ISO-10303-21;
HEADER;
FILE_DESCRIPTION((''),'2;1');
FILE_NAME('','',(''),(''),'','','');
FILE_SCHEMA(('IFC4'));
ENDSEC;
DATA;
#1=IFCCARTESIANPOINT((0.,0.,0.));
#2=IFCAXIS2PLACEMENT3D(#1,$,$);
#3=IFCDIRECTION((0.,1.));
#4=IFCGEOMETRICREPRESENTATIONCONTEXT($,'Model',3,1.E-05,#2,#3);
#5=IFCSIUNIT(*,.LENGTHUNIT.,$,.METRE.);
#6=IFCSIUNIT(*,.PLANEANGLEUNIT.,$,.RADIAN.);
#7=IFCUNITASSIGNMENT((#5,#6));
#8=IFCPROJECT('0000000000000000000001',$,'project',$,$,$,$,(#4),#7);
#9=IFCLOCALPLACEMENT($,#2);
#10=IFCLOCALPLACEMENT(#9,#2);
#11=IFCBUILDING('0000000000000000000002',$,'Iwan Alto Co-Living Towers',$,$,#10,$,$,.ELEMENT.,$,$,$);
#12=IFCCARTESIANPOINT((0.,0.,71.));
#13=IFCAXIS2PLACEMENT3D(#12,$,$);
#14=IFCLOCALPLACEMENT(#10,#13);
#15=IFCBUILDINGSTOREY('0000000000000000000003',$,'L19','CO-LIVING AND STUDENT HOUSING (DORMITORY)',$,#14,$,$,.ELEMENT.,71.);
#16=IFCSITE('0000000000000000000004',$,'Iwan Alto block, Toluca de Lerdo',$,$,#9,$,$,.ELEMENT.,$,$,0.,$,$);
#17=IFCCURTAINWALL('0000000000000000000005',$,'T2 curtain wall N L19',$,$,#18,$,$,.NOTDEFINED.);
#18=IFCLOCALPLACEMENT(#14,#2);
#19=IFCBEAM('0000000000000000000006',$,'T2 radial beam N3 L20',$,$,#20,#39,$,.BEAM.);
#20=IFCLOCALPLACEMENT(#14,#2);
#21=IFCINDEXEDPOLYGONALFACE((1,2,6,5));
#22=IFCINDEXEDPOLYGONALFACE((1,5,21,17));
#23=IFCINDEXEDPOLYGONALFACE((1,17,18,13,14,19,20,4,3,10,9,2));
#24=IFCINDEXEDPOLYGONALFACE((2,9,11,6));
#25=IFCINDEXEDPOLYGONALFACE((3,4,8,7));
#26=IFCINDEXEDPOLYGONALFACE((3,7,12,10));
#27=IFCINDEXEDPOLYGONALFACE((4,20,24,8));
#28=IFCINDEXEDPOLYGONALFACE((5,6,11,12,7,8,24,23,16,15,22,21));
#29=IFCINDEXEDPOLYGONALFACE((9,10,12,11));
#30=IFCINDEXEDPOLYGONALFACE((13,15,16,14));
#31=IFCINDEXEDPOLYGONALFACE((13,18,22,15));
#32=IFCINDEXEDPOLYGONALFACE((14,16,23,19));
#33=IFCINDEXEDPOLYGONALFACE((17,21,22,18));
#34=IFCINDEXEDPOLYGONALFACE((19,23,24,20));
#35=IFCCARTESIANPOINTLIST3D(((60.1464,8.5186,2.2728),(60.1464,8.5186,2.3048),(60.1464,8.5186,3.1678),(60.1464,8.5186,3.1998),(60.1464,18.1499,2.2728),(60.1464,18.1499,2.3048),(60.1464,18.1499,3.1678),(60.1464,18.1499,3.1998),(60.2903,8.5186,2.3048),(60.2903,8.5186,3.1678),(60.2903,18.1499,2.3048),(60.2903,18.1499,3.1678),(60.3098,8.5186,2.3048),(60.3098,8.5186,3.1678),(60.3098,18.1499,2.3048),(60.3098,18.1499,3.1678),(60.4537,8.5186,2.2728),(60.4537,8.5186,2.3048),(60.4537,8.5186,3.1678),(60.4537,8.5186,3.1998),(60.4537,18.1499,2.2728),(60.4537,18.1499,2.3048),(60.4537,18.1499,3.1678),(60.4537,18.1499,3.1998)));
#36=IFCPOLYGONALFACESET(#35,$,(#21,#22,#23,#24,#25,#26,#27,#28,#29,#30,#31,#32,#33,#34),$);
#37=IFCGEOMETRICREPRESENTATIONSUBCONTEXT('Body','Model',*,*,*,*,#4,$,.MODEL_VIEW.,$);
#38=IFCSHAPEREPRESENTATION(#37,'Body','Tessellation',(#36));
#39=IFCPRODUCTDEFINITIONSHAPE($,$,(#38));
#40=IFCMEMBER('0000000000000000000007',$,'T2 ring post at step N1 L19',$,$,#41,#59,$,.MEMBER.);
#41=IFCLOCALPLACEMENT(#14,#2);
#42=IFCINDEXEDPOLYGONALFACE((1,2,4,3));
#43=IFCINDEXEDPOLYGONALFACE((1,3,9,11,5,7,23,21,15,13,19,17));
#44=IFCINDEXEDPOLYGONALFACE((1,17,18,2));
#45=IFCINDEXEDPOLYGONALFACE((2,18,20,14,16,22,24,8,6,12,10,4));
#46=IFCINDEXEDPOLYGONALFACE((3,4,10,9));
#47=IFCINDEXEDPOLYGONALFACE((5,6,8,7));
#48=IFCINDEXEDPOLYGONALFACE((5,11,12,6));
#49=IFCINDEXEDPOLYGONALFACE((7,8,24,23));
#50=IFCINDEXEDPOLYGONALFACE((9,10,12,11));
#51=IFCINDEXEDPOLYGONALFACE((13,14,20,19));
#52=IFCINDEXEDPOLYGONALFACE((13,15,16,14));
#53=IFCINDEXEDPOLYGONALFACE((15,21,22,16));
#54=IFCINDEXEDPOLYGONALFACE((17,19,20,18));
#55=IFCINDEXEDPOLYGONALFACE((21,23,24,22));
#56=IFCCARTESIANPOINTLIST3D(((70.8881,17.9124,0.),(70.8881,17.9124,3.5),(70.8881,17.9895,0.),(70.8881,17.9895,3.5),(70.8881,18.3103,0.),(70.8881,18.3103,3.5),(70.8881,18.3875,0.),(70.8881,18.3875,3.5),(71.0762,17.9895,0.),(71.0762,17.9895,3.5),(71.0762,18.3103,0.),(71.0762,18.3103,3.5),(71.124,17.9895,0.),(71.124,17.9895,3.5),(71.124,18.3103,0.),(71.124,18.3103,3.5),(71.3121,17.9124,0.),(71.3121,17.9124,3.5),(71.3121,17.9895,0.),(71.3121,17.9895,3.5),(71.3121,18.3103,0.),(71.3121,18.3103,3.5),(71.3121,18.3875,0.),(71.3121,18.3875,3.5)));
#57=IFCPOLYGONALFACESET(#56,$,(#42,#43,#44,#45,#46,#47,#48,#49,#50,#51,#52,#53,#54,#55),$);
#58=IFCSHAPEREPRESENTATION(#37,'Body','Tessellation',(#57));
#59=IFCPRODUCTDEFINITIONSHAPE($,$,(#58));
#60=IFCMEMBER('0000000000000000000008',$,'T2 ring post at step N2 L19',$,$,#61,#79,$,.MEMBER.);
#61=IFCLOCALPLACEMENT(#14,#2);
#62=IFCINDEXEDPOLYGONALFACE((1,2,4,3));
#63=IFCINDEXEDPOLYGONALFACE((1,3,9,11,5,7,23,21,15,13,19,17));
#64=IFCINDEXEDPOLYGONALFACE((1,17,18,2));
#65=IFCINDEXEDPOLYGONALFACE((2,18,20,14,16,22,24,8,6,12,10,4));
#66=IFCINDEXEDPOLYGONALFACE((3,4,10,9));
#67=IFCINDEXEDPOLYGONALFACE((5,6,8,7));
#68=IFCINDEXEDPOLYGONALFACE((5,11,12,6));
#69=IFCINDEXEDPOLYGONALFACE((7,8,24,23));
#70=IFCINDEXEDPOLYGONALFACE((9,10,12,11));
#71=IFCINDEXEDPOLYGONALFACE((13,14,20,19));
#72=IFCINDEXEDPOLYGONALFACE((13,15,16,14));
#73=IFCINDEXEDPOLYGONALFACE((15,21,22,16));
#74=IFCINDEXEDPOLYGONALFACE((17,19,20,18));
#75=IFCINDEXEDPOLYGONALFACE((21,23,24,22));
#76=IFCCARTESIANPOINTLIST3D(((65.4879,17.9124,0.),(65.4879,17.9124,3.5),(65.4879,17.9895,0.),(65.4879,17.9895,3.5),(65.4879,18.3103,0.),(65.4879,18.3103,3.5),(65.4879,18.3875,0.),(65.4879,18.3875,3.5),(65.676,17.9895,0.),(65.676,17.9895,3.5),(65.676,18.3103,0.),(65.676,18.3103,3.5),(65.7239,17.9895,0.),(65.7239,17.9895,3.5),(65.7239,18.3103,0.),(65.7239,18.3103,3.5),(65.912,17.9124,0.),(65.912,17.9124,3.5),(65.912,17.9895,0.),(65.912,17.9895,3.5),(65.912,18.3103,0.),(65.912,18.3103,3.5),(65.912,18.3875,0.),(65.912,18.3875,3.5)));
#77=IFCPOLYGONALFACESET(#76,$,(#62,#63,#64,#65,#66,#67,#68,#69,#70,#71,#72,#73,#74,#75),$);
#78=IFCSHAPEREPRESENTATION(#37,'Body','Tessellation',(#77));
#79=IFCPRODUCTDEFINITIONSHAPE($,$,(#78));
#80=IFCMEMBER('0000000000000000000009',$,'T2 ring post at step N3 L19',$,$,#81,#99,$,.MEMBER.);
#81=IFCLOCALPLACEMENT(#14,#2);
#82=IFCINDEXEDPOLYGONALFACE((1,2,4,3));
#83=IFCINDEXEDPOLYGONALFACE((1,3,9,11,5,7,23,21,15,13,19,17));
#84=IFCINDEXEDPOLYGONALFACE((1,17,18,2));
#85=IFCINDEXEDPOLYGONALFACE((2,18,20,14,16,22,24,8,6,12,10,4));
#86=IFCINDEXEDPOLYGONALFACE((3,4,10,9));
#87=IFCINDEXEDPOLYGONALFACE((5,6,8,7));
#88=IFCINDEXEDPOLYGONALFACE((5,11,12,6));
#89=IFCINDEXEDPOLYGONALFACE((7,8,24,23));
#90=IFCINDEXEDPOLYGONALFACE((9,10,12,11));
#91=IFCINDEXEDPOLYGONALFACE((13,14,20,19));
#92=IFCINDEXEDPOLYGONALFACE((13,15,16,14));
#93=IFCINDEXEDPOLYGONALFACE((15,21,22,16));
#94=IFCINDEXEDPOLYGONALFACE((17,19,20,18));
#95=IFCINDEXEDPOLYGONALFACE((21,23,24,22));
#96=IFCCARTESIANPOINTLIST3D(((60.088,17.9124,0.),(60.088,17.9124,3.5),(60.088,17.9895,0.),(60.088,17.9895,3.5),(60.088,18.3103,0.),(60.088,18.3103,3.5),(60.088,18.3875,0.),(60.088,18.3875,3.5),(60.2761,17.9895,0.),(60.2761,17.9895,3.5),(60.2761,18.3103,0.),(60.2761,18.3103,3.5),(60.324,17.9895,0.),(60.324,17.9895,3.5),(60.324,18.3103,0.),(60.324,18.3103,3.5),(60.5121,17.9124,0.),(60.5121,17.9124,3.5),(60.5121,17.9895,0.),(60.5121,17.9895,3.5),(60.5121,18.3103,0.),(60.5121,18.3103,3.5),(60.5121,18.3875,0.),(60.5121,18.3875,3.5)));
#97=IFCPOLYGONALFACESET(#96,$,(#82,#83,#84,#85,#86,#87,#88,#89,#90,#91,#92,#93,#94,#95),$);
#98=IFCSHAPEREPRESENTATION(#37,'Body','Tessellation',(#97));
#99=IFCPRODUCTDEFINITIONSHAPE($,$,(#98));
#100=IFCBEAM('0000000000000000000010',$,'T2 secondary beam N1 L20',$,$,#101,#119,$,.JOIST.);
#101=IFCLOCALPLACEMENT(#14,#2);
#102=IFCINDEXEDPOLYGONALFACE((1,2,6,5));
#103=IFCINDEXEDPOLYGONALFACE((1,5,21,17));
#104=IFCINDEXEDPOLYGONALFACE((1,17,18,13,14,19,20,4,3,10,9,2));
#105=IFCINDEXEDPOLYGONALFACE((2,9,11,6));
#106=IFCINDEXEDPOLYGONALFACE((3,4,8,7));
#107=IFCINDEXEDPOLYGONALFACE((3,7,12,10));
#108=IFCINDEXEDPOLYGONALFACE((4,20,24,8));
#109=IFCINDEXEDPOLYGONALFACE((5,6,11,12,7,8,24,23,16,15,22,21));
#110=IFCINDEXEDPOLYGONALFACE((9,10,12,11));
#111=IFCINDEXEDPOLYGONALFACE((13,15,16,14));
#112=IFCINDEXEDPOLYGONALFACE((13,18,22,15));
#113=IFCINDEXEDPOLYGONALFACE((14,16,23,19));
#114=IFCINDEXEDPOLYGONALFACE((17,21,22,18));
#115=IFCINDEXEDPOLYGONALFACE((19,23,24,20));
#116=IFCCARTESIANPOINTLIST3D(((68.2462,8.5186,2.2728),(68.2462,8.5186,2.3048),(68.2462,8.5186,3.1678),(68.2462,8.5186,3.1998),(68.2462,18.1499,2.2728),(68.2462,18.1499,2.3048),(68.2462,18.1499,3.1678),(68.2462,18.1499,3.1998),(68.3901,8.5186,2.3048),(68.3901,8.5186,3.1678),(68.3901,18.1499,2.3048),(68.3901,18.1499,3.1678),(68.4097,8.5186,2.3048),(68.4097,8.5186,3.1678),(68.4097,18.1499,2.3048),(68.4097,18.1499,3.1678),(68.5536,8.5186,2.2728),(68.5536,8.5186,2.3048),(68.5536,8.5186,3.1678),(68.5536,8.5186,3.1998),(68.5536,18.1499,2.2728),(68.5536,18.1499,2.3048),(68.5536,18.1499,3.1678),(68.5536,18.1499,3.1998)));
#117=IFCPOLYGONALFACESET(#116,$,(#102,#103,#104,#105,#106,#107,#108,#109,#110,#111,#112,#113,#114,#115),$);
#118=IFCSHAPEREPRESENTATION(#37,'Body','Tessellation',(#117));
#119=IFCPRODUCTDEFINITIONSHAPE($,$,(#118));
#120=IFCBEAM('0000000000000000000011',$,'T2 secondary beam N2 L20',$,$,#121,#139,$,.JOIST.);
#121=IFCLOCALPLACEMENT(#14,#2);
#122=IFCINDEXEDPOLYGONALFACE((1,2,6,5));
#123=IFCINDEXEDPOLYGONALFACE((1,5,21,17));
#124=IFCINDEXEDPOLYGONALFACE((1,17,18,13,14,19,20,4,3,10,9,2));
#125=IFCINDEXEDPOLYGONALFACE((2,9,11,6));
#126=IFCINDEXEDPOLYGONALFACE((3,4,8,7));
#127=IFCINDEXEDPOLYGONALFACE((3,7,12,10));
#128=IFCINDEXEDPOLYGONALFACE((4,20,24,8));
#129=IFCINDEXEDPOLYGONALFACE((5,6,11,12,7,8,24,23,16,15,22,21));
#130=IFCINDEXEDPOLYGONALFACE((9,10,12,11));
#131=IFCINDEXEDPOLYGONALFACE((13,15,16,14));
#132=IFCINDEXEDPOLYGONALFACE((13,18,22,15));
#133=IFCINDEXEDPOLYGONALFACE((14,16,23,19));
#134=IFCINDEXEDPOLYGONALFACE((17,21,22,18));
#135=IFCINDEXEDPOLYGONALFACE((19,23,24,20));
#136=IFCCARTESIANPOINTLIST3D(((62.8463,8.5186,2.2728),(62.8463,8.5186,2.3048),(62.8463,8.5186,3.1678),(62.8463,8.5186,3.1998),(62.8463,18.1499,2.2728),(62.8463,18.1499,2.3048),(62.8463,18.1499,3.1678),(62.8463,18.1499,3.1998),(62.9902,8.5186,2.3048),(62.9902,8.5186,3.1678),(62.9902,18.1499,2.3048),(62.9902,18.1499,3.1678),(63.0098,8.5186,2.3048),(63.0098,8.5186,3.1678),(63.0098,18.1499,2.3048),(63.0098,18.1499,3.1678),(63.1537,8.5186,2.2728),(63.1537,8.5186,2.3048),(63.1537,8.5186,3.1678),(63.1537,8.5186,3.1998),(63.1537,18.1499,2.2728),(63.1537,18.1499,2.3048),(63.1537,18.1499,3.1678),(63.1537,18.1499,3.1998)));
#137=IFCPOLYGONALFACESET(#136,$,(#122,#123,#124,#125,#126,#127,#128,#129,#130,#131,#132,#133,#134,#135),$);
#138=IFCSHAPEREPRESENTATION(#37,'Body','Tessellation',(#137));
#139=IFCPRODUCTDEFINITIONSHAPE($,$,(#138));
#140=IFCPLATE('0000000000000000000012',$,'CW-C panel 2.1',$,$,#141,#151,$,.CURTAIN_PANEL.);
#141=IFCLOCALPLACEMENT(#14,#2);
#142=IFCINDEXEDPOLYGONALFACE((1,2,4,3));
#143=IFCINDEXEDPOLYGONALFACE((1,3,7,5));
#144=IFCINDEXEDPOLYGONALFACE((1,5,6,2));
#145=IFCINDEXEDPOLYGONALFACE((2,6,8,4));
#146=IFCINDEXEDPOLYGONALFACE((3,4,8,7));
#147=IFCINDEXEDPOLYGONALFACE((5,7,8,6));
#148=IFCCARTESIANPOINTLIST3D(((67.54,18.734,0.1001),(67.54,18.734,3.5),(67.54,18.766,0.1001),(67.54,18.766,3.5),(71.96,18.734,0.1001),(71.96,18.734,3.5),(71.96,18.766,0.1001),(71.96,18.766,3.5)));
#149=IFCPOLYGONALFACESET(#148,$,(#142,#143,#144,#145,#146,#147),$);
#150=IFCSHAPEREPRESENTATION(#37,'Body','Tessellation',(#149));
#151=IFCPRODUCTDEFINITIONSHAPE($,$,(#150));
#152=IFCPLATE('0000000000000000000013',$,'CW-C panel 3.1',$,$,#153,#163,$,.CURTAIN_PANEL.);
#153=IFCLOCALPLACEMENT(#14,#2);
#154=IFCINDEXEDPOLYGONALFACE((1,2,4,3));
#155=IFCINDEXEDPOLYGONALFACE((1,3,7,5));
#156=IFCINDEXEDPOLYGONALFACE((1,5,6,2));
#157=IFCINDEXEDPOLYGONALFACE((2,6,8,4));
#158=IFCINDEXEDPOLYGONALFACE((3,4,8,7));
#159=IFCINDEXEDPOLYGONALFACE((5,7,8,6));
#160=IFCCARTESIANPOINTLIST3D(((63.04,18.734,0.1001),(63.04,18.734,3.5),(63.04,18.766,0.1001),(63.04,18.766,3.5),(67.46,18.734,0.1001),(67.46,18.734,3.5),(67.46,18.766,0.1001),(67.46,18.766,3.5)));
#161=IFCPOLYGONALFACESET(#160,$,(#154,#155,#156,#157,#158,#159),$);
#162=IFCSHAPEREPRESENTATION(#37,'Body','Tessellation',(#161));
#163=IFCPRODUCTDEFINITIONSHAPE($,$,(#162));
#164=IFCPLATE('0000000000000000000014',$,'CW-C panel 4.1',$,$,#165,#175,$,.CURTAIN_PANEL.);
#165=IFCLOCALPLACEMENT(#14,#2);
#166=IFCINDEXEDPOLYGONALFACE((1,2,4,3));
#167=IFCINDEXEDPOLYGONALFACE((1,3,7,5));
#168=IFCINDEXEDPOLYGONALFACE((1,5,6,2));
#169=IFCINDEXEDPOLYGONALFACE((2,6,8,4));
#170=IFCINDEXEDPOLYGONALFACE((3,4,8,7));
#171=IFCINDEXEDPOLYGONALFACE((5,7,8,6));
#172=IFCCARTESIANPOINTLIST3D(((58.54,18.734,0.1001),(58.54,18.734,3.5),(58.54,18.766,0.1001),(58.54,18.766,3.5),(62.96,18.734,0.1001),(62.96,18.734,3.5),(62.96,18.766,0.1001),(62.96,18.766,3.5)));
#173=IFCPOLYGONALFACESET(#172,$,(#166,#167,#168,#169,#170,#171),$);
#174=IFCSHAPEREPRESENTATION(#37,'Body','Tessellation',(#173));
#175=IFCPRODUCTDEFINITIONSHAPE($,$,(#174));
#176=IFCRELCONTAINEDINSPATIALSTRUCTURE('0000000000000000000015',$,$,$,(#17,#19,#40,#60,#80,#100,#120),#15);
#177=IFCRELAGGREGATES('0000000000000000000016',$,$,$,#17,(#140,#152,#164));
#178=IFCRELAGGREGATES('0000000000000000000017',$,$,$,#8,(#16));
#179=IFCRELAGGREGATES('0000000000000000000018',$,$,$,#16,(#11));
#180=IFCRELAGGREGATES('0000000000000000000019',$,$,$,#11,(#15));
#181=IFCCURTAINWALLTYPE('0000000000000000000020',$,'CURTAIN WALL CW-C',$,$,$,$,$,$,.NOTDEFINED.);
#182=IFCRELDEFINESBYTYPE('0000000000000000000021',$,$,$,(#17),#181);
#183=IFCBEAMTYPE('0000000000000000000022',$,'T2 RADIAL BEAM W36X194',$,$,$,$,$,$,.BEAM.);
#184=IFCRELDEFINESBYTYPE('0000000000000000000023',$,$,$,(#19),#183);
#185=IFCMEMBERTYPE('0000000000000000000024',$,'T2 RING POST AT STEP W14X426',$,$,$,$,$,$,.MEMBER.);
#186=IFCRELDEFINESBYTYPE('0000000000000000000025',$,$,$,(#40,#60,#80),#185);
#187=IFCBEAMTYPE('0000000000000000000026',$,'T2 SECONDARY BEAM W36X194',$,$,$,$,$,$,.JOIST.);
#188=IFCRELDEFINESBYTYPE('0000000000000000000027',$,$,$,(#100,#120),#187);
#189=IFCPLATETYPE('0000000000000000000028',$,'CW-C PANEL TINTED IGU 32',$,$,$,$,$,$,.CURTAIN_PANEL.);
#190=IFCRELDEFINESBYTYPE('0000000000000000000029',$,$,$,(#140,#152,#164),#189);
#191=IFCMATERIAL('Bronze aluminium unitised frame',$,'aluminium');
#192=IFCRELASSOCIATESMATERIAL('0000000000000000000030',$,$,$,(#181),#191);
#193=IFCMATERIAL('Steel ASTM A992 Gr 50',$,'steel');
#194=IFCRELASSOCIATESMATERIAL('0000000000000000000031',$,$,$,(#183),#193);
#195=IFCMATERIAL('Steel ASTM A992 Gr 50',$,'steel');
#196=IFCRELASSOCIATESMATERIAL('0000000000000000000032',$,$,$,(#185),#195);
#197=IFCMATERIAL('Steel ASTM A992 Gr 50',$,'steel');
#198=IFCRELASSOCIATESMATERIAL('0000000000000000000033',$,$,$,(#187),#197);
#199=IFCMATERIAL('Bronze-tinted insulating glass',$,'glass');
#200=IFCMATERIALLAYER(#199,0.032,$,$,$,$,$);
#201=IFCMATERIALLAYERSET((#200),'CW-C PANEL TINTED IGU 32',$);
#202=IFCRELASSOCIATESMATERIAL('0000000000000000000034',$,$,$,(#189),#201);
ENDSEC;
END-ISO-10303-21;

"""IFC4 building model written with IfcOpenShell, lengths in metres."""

from ifc_helpers import new_model, si_unit, direction, frame, origin, origin_2d, place, context, subcontext, project, spatial, rectangle, i_section, extrude, material, layer, layer_set, material_profile, profile_set, type_object, element, aggregate, save


model = new_model("IFC4")

# Units and contexts
model_context = context("Model", 3, precision=1e-05, world=origin(), true_north=direction((0.0, 1.0)))
body_context = subcontext(model_context, "Body", "Model", "MODEL_VIEW")
ifc_project = project(units=[si_unit("LENGTHUNIT", "METRE"), si_unit("PLANEANGLEUNIT", "RADIAN")], contexts=[model_context])

# Site, building, storey
site_placement = place(None, origin())
site = spatial("IfcSite", under=ifc_project, at=site_placement, Name="Iwan Alto block, Toluca de Lerdo", CompositionType="ELEMENT", RefElevation=0.0)
building_placement = place(site_placement, origin())
building = spatial("IfcBuilding", under=site, at=building_placement, Name="Iwan Alto Co-Living Towers", CompositionType="ELEMENT")
storey_placement = place(building_placement, frame((0.0, 0.0, 71.0)))
storey = spatial("IfcBuildingStorey", under=building, at=storey_placement, Name="L19", Description="CO-LIVING AND STUDENT HOUSING (DORMITORY)", CompositionType="ELEMENT", Elevation=71.0)

# Curtain wall
ifc_material_1 = material(Name="Bronze aluminium unitised frame", Category="aluminium")
curtain_wall_type = type_object("IfcCurtainWallType", Name="CURTAIN WALL CW-C", PredefinedType="NOTDEFINED", material=ifc_material_1)
curtain_wall_placement = place(storey_placement, origin())
curtain_wall = element("IfcCurtainWall", 1, at=curtain_wall_placement, inside=storey, type_object=curtain_wall_type, Name="T2 curtain wall N L19", PredefinedType="NOTDEFINED")

# Beam
ifc_material_2 = material(Name="Steel ASTM A992 Gr 50", Category="steel")
ifc_material_profile_1 = material_profile(ifc_material_2, i_section(OverallWidth=0.3074, OverallDepth=0.927, WebThickness=0.0195, FlangeThickness=0.032, at=origin_2d()), Name="W36X194")
ifc_profile_set_1 = profile_set([ifc_material_profile_1], Name="Steel ASTM A992 Gr 50")
beam_type_1 = type_object("IfcBeamType", Name="T2 RADIAL BEAM W36X194", PredefinedType="BEAM", material=ifc_profile_set_1)
for number, where, z_axis, x_axis, name in (
    (2, (60.3, 18.1499, 2.7363), (0.0, -1.0, 0.0), (1.0, 0.0, 0.0), "T2 radial beam N3 L20"),
):
    element("IfcBeam", number, at=place(storey_placement, frame(where, z_axis=z_axis, x_axis=x_axis)), inside=storey, type_object=beam_type_1, Name=name, PredefinedType="BEAM", context=body_context, shape_type="SweptSolid", body=[
        extrude(i_section(OverallWidth=0.3074, OverallDepth=0.927, WebThickness=0.0195, FlangeThickness=0.032, at=origin_2d()), origin(), (0.0, 0.0, 1.0), 9.6313),
    ])

# Members
ifc_material_3 = material(Name="Steel ASTM A992 Gr 50", Category="steel")
ifc_material_profile_2 = material_profile(ifc_material_3, i_section(OverallWidth=0.4241, OverallDepth=0.4751, WebThickness=0.0479, FlangeThickness=0.0771, at=origin_2d()), Name="W14X426")
ifc_profile_set_2 = profile_set([ifc_material_profile_2], Name="Steel ASTM A992 Gr 50")
member_type_1 = type_object("IfcMemberType", Name="T2 RING POST AT STEP W14X426", PredefinedType="MEMBER", material=ifc_profile_set_2)
for number, where, z_axis, x_axis, name in (
    (3, (71.1001, 18.1499, 0.0), (0.0, 0.0, 1.0), (1.0, 0.0, 0.0), "T2 ring post at step N1 L19"),
    (4, (65.7, 18.1499, 0.0), (0.0, 0.0, 1.0), (1.0, 0.0, 0.0), "T2 ring post at step N2 L19"),
    (5, (60.3, 18.1499, 0.0), (0.0, 0.0, 1.0), (1.0, 0.0, 0.0), "T2 ring post at step N3 L19"),
):
    element("IfcMember", number, at=place(storey_placement, frame(where, z_axis=z_axis, x_axis=x_axis)), inside=storey, type_object=member_type_1, Name=name, PredefinedType="MEMBER", context=body_context, shape_type="SweptSolid", body=[
        extrude(i_section(OverallWidth=0.4241, OverallDepth=0.4751, WebThickness=0.0479, FlangeThickness=0.0771, at=origin_2d()), origin(), (0.0, 0.0, 1.0), 3.5),
    ])

# Beams
ifc_material_4 = material(Name="Steel ASTM A992 Gr 50", Category="steel")
ifc_material_profile_3 = material_profile(ifc_material_4, i_section(OverallWidth=0.3074, OverallDepth=0.927, WebThickness=0.0195, FlangeThickness=0.032, at=origin_2d()), Name="W36X194")
ifc_profile_set_3 = profile_set([ifc_material_profile_3], Name="Steel ASTM A992 Gr 50")
beam_type_2 = type_object("IfcBeamType", Name="T2 SECONDARY BEAM W36X194", PredefinedType="JOIST", material=ifc_profile_set_3)
for number, where, z_axis, x_axis, name in (
    (6, (68.3999, 18.1499, 2.7363), (0.0, -1.0, 0.0), (1.0, 0.0, 0.0), "T2 secondary beam N1 L20"),
    (7, (63.0, 18.1499, 2.7363), (0.0, -1.0, 0.0), (1.0, 0.0, 0.0), "T2 secondary beam N2 L20"),
):
    element("IfcBeam", number, at=place(storey_placement, frame(where, z_axis=z_axis, x_axis=x_axis)), inside=storey, type_object=beam_type_2, Name=name, PredefinedType="JOIST", context=body_context, shape_type="SweptSolid", body=[
        extrude(i_section(OverallWidth=0.3074, OverallDepth=0.927, WebThickness=0.0195, FlangeThickness=0.032, at=origin_2d()), origin(), (0.0, 0.0, 1.0), 9.6313),
    ])

# Plates
ifc_material_5 = material(Name="Bronze-tinted insulating glass", Category="glass")
ifc_layer_1 = layer(ifc_material_5, 0.032)
ifc_layer_set_1 = layer_set([ifc_layer_1], Name="CW-C PANEL TINTED IGU 32")
plate_type = type_object("IfcPlateType", Name="CW-C PANEL TINTED IGU 32", PredefinedType="CURTAIN_PANEL", material=ifc_layer_set_1)
plate_1_placement = place(storey_placement, frame((69.75, 18.75, 0.1001), z_axis=(0.0, 0.0, 1.0), x_axis=(-1.0, 0.0, 0.0)))
plate_1 = element("IfcPlate", 8, at=plate_1_placement, type_object=plate_type, Name="CW-C panel 2.1", PredefinedType="CURTAIN_PANEL", context=body_context, shape_type="SweptSolid", body=[
    extrude(rectangle(XDim=4.4199, YDim=0.032, at=origin_2d()), origin(), (0.0, 0.0, 1.0), 3.3999),
])
plate_2_placement = place(storey_placement, frame((65.25, 18.75, 0.1001), z_axis=(0.0, 0.0, 1.0), x_axis=(-1.0, 0.0, 0.0)))
plate_2 = element("IfcPlate", 9, at=plate_2_placement, type_object=plate_type, Name="CW-C panel 3.1", PredefinedType="CURTAIN_PANEL", context=body_context, shape_type="SweptSolid", body=[
    extrude(rectangle(XDim=4.4199, YDim=0.032, at=origin_2d()), origin(), (0.0, 0.0, 1.0), 3.3999),
])
plate_3_placement = place(storey_placement, frame((60.75, 18.75, 0.1001), z_axis=(0.0, 0.0, 1.0), x_axis=(-1.0, 0.0, 0.0)))
plate_3 = element("IfcPlate", 10, at=plate_3_placement, type_object=plate_type, Name="CW-C panel 4.1", PredefinedType="CURTAIN_PANEL", context=body_context, shape_type="SweptSolid", body=[
    extrude(rectangle(XDim=4.4199, YDim=0.032, at=origin_2d()), origin(), (0.0, 0.0, 1.0), 3.3999),
])
aggregate(curtain_wall, [plate_1, plate_2, plate_3])

save(model, "model.ifc")
